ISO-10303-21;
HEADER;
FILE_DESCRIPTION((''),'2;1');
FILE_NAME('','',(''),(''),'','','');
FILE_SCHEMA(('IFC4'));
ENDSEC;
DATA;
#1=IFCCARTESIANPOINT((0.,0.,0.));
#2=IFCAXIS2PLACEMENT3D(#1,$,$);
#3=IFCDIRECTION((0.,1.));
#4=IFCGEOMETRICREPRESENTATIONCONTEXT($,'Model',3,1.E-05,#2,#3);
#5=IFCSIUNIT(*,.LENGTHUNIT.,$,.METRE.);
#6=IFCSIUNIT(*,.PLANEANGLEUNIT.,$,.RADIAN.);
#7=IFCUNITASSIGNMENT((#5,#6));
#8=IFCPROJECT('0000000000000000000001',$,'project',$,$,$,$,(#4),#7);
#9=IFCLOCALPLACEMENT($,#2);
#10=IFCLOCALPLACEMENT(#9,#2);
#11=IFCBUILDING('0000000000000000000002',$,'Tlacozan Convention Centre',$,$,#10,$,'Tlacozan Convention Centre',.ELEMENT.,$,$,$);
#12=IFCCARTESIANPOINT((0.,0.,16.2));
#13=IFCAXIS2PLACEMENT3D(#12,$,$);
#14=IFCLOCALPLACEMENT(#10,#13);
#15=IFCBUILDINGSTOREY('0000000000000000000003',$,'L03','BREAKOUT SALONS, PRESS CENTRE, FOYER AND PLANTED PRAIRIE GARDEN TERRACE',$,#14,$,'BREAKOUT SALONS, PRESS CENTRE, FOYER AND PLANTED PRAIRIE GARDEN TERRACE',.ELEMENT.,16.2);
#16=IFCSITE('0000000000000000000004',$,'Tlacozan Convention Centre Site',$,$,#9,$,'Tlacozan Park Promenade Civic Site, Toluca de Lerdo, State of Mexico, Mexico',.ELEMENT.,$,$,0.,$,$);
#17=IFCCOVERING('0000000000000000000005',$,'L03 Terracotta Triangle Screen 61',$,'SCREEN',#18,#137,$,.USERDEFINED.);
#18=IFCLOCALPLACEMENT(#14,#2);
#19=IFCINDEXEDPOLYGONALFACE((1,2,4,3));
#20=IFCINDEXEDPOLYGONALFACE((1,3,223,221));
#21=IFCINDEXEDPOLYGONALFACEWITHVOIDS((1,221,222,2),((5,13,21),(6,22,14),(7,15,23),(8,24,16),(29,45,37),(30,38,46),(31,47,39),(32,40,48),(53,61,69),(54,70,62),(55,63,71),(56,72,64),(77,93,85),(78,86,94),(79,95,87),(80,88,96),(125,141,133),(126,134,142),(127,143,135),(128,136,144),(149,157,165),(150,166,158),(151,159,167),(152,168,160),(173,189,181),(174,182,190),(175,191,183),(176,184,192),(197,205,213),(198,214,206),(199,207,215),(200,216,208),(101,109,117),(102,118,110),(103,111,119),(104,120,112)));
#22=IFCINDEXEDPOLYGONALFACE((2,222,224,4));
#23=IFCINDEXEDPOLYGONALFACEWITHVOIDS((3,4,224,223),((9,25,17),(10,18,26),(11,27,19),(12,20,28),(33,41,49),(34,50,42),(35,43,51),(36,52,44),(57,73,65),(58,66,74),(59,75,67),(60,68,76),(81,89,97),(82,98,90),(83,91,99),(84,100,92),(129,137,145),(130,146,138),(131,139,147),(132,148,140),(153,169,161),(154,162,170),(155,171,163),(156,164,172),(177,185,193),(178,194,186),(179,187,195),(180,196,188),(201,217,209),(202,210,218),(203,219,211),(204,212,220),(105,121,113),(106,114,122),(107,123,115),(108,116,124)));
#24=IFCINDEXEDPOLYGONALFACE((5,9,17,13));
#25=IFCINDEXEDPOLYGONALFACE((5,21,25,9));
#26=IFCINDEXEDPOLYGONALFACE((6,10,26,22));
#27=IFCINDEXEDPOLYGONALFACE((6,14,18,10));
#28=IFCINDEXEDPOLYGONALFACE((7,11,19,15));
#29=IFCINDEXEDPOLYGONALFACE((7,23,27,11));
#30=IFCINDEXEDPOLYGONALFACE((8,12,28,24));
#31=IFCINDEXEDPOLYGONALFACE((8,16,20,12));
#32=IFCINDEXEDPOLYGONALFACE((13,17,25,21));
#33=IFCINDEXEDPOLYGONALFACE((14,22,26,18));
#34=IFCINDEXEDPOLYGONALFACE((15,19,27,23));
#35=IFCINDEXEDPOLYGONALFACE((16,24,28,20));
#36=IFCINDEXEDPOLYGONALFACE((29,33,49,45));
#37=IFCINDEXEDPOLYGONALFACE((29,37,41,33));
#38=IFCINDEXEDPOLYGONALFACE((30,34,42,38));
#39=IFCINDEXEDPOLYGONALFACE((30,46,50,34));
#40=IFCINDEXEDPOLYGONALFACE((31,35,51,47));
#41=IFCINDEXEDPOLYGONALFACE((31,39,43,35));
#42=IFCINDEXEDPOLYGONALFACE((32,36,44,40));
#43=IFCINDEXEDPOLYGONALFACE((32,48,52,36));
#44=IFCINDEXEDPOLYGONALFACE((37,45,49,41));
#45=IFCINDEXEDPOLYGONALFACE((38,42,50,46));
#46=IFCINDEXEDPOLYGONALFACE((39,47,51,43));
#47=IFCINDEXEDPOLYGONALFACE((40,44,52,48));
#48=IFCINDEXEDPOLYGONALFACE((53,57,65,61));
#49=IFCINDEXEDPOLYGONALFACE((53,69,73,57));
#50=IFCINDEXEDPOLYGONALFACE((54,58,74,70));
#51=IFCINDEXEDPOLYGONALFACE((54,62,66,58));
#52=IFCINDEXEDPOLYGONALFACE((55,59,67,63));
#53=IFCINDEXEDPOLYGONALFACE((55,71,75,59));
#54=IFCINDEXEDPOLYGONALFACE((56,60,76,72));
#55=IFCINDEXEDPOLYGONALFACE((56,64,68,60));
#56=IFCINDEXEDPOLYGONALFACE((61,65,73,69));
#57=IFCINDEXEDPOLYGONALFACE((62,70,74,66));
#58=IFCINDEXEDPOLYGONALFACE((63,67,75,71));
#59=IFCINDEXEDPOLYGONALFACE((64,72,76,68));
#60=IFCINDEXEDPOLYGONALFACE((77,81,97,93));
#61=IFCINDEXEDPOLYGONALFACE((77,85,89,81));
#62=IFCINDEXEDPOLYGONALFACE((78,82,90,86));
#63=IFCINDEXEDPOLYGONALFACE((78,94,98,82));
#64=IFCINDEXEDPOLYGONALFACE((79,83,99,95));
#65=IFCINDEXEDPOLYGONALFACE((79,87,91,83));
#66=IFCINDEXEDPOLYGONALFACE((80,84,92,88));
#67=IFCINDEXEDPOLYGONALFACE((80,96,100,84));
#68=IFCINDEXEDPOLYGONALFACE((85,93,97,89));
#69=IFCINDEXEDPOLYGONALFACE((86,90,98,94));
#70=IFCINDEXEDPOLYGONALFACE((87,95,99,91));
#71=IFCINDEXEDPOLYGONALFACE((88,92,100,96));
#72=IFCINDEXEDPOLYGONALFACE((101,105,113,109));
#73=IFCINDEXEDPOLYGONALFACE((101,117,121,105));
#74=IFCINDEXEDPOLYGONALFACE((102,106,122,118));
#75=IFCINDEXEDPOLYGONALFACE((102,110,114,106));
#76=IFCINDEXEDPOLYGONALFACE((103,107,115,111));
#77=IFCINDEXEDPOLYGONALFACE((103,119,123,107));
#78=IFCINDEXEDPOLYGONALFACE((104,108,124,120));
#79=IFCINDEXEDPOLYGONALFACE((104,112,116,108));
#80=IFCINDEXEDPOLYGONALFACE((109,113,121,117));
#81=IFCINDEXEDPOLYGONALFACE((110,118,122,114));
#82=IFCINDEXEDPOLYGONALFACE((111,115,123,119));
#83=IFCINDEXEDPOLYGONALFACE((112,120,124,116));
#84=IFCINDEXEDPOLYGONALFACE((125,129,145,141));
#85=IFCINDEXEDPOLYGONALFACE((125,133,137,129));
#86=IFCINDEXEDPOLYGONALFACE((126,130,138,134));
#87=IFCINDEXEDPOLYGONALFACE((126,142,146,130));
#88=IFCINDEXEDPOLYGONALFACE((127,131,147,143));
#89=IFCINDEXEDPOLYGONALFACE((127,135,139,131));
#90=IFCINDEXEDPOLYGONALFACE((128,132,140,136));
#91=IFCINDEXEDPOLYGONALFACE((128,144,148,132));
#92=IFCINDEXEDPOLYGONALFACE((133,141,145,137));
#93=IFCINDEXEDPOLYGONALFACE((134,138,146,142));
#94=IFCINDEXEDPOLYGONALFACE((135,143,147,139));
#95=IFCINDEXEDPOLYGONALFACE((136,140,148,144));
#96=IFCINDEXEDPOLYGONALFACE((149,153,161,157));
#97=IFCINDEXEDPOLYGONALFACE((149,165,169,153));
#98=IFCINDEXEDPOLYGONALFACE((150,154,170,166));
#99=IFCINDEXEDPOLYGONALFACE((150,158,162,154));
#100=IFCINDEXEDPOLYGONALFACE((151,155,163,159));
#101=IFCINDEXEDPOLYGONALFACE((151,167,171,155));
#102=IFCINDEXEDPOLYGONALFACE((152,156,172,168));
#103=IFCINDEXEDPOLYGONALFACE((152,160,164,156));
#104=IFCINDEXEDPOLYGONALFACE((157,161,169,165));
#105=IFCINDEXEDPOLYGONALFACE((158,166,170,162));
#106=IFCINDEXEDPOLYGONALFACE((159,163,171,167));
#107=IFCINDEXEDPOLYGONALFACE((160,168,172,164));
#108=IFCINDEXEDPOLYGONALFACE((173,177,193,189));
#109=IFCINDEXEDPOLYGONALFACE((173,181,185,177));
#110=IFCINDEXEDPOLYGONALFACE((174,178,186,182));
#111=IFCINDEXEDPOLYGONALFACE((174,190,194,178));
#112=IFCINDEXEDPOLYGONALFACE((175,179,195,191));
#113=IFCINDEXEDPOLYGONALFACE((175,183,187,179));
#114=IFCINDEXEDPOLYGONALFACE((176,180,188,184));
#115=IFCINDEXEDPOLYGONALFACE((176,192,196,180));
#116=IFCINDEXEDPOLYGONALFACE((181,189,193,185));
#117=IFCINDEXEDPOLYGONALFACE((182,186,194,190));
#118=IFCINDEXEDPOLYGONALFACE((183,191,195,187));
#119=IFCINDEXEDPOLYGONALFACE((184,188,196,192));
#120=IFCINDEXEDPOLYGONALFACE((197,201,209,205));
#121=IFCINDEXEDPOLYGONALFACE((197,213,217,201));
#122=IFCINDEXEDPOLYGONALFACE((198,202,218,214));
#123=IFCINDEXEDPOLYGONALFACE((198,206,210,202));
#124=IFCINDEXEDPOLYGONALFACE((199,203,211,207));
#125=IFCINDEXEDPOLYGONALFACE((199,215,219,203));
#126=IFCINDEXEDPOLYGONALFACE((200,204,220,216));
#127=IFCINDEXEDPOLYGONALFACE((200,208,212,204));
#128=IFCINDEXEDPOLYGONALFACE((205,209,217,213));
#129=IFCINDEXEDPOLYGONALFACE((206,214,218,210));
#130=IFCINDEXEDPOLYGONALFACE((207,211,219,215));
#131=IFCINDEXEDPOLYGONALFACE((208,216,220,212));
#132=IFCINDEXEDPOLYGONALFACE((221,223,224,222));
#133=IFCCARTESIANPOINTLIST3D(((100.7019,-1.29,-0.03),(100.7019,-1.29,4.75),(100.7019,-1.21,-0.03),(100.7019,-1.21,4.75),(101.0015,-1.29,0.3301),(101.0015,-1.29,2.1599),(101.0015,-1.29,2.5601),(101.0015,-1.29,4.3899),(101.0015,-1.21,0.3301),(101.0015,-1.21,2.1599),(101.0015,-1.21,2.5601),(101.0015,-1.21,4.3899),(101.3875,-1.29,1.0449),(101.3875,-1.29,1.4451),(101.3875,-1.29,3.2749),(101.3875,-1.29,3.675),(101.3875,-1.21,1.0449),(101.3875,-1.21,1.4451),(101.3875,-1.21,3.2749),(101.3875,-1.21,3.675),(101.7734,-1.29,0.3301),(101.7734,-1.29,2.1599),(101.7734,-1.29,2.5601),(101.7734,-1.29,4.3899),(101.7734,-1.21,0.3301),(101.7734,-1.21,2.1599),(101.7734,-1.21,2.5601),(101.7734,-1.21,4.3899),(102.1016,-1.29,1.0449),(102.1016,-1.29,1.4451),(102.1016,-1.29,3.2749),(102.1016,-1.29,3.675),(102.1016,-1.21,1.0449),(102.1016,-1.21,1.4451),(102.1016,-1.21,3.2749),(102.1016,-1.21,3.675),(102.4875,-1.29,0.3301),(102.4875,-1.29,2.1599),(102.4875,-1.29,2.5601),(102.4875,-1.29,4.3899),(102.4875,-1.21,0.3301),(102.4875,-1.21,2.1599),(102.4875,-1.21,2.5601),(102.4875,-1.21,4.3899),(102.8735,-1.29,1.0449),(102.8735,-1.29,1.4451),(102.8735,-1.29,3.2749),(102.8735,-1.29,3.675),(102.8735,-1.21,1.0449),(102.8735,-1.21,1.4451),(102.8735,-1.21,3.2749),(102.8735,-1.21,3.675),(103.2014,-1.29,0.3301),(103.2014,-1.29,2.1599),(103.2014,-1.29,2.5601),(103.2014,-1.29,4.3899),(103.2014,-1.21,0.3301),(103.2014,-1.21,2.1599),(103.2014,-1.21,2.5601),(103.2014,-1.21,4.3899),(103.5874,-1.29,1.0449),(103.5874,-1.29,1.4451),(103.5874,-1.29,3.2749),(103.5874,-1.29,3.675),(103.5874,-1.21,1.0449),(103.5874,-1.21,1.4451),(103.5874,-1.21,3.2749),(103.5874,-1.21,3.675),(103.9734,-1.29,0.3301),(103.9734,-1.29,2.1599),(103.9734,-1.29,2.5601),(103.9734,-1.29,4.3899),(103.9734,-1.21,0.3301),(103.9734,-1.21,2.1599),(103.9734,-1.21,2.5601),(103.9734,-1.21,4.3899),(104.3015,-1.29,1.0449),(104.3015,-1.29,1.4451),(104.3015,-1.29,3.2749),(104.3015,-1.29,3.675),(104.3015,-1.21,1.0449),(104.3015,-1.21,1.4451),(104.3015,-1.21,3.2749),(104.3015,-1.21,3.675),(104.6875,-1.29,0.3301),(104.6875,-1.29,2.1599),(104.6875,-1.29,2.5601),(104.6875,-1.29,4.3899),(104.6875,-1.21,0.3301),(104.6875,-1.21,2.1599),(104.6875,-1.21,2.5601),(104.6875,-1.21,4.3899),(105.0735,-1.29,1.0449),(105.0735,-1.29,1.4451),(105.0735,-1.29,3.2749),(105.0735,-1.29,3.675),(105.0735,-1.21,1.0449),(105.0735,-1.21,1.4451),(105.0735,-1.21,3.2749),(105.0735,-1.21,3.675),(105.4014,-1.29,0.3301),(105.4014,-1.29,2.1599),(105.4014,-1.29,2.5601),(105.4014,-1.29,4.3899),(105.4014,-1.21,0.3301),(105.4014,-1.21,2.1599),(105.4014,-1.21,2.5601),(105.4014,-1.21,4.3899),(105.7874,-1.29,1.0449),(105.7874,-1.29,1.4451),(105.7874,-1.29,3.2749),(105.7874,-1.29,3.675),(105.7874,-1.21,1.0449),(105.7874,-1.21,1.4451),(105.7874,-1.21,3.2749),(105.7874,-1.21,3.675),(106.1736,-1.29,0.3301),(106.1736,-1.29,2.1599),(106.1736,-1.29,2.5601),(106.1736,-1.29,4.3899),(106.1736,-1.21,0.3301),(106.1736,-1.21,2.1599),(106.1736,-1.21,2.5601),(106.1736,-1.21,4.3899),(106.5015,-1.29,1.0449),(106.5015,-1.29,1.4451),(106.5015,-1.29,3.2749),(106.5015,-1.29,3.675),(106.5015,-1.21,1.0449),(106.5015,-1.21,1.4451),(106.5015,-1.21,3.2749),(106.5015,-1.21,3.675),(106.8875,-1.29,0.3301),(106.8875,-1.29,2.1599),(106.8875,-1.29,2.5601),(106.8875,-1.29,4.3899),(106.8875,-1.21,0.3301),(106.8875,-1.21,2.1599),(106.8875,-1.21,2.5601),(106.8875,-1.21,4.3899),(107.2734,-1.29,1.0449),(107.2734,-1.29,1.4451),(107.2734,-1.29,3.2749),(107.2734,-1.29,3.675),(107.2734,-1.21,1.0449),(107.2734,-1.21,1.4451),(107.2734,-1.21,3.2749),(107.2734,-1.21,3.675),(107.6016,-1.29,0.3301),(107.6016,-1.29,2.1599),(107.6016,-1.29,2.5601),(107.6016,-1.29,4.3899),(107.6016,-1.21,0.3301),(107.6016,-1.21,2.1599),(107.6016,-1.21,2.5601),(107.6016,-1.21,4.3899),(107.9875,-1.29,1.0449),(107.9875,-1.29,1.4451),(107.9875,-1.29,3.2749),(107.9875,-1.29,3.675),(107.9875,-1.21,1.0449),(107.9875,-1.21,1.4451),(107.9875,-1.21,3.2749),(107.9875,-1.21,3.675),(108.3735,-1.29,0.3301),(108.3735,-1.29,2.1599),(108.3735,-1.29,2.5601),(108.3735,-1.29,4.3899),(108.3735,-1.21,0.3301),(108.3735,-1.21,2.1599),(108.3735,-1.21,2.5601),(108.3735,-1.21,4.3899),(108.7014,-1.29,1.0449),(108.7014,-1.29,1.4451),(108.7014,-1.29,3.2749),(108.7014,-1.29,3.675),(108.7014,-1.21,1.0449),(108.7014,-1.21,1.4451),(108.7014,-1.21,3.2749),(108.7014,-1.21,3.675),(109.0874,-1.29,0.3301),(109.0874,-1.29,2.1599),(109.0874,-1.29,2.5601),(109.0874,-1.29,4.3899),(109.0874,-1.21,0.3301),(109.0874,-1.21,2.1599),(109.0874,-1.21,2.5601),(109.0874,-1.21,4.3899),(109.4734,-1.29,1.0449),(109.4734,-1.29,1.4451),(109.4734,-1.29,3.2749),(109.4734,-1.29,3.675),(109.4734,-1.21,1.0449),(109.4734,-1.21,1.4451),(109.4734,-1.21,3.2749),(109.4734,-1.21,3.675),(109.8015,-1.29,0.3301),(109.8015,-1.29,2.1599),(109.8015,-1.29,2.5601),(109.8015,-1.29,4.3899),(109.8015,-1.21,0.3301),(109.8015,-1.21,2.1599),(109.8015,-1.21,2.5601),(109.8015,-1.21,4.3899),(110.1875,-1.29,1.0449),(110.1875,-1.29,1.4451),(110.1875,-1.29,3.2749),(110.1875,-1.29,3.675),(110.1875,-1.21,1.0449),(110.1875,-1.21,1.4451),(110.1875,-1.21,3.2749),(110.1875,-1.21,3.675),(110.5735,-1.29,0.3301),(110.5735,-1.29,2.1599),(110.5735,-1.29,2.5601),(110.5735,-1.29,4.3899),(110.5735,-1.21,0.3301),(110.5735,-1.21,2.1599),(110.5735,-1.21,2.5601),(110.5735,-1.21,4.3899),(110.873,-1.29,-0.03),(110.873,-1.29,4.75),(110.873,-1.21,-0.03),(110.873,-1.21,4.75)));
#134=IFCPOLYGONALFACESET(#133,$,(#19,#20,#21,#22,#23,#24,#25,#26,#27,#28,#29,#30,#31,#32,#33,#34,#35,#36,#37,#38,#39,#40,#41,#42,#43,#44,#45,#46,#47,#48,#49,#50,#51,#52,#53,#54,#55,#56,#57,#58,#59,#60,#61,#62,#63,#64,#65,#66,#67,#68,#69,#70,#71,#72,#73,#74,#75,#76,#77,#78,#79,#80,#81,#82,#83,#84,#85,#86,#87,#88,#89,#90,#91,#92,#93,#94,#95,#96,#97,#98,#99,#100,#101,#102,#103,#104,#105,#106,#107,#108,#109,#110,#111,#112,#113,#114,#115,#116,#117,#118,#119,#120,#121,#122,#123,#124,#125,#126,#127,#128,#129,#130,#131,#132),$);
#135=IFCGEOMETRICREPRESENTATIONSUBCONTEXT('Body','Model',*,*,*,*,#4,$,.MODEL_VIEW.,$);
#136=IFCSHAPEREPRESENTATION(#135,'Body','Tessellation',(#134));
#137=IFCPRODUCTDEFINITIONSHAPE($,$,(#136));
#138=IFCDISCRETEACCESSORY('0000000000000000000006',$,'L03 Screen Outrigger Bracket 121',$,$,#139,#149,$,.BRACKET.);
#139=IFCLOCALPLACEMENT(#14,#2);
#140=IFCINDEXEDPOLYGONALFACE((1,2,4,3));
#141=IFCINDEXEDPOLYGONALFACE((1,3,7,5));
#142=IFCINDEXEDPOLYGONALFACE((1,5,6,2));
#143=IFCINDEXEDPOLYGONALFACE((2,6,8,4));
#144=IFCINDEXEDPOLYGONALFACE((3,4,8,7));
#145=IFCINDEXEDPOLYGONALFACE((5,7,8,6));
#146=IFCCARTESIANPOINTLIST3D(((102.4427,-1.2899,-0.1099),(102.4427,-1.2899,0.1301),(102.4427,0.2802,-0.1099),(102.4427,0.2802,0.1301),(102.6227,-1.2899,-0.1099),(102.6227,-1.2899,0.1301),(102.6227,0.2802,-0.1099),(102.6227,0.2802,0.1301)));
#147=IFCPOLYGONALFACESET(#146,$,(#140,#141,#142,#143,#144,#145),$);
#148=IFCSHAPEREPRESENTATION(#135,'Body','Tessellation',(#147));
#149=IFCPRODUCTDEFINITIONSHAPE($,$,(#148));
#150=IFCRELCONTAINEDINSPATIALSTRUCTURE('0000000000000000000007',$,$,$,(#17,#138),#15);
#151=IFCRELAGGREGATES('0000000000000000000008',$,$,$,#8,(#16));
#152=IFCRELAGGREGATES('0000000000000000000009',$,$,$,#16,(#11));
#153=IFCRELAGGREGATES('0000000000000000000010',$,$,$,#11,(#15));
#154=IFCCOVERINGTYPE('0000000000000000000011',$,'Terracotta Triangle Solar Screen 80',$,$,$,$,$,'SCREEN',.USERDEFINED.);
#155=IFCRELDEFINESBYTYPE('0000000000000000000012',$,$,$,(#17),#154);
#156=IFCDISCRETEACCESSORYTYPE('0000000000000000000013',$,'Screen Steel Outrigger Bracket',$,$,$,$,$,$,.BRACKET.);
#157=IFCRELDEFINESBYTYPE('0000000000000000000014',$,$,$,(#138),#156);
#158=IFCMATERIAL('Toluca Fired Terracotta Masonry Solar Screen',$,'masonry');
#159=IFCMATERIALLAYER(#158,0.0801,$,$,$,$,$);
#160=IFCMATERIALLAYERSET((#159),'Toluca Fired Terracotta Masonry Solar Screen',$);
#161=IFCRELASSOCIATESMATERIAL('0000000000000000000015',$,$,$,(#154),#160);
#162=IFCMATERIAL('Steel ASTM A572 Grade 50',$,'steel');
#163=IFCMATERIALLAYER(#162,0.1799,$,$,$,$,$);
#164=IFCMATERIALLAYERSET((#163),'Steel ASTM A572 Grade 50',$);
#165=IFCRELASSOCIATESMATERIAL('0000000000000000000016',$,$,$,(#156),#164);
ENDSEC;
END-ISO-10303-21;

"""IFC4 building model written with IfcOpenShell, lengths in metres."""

from ifc_helpers import new_model, si_unit, direction, frame, origin, origin_2d, place, context, subcontext, project, spatial, polyline, rectangle, outline, extrude, material, layer, layer_set, type_object, element, save


model = new_model("IFC4")

# Units and contexts
model_context = context("Model", 3, precision=1e-05, world=origin(), true_north=direction((0.0, 1.0)))
body_context = subcontext(model_context, "Body", "Model", "MODEL_VIEW")
ifc_project = project(units=[si_unit("LENGTHUNIT", "METRE"), si_unit("PLANEANGLEUNIT", "RADIAN")], contexts=[model_context])

# Site, building, storey
site_placement = place(None, origin())
site = spatial("IfcSite", under=ifc_project, at=site_placement, Name="Tlacozan Convention Centre Site", LongName="Tlacozan Park Promenade Civic Site, Toluca de Lerdo, State of Mexico, Mexico", CompositionType="ELEMENT", RefElevation=0.0)
building_placement = place(site_placement, origin())
building = spatial("IfcBuilding", under=site, at=building_placement, Name="Tlacozan Convention Centre", LongName="Tlacozan Convention Centre", CompositionType="ELEMENT")
storey_placement = place(building_placement, frame((0.0, 0.0, 16.2)))
storey = spatial("IfcBuildingStorey", under=building, at=storey_placement, Name="L03", Description="BREAKOUT SALONS, PRESS CENTRE, FOYER AND PLANTED PRAIRIE GARDEN TERRACE", LongName="BREAKOUT SALONS, PRESS CENTRE, FOYER AND PLANTED PRAIRIE GARDEN TERRACE", CompositionType="ELEMENT", Elevation=16.2)

# Covering
ifc_material_1 = material(Name="Toluca Fired Terracotta Masonry Solar Screen", Category="masonry")
ifc_layer_1 = layer(ifc_material_1, 0.0801)
ifc_layer_set_1 = layer_set([ifc_layer_1], Name="Toluca Fired Terracotta Masonry Solar Screen")
covering_type = type_object("IfcCoveringType", Name="Terracotta Triangle Solar Screen 80", ElementType="SCREEN", PredefinedType="USERDEFINED", material=ifc_layer_set_1)
covering_placement = place(storey_placement, frame((100.7019, -1.25, -0.03), z_axis=(0.0, 0.0, 1.0), x_axis=(1.0, 0.0, 0.0)))
element("IfcCovering", 1, at=covering_placement, inside=storey, type_object=covering_type, Name="L03 Terracotta Triangle Screen 61", ObjectType="SCREEN", PredefinedType="USERDEFINED", context=body_context, shape_type="SweptSolid", body=[
    extrude(outline(polyline([(0.0, 0.0), (10.1711, 0.0), (10.1711, 4.78), (0.0, 4.78), (0.0, 0.0)]), holes=[polyline([(0.2996, 0.3601), (1.0715, 0.3601), (0.6855, 1.075), (0.2996, 0.3601)]), polyline([(1.3997, 1.075), (2.1716, 1.075), (1.7856, 0.3601), (1.3997, 1.075)]), polyline([(2.4995, 0.3601), (3.2715, 0.3601), (2.8855, 1.075), (2.4995, 0.3601)]), polyline([(3.5996, 1.075), (4.3716, 1.075), (3.9856, 0.3601), (3.5996, 1.075)]), polyline([(4.6995, 0.3601), (5.4717, 0.3601), (5.0854, 1.075), (4.6995, 0.3601)]), polyline([(5.7996, 1.075), (6.5715, 1.075), (6.1855, 0.3601), (5.7996, 1.075)]), polyline([(6.8997, 0.3601), (7.6716, 0.3601), (7.2856, 1.075), (6.8997, 0.3601)]), polyline([(7.9995, 1.075), (8.7715, 1.075), (8.3855, 0.3601), (7.9995, 1.075)]), polyline([(9.0996, 0.3601), (9.8716, 0.3601), (9.4856, 1.075), (9.0996, 0.3601)]), polyline([(0.2996, 2.1899), (1.0715, 2.1899), (0.6855, 1.4751), (0.2996, 2.1899)]), polyline([(1.3997, 1.4751), (2.1716, 1.4751), (1.7856, 2.1899), (1.3997, 1.4751)]), polyline([(2.4995, 2.1899), (3.2715, 2.1899), (2.8855, 1.4751), (2.4995, 2.1899)]), polyline([(3.5996, 1.4751), (4.3716, 1.4751), (3.9856, 2.1899), (3.5996, 1.4751)]), polyline([(4.6995, 2.1899), (5.4717, 2.1899), (5.0854, 1.4751), (4.6995, 2.1899)]), polyline([(5.7996, 1.4751), (6.5715, 1.4751), (6.1855, 2.1899), (5.7996, 1.4751)]), polyline([(6.8997, 2.1899), (7.6716, 2.1899), (7.2856, 1.4751), (6.8997, 2.1899)]), polyline([(7.9995, 1.4751), (8.7715, 1.4751), (8.3855, 2.1899), (7.9995, 1.4751)]), polyline([(9.0996, 2.1899), (9.8716, 2.1899), (9.4856, 1.4751), (9.0996, 2.1899)]), polyline([(0.2996, 2.5901), (1.0715, 2.5901), (0.6855, 3.3049), (0.2996, 2.5901)]), polyline([(1.3997, 3.3049), (2.1716, 3.3049), (1.7856, 2.5901), (1.3997, 3.3049)]), polyline([(2.4995, 2.5901), (3.2715, 2.5901), (2.8855, 3.3049), (2.4995, 2.5901)]), polyline([(3.5996, 3.3049), (4.3716, 3.3049), (3.9856, 2.5901), (3.5996, 3.3049)]), polyline([(4.6995, 2.5901), (5.4717, 2.5901), (5.0854, 3.3049), (4.6995, 2.5901)]), polyline([(5.7996, 3.3049), (6.5715, 3.3049), (6.1855, 2.5901), (5.7996, 3.3049)]), polyline([(6.8997, 2.5901), (7.6716, 2.5901), (7.2856, 3.3049), (6.8997, 2.5901)]), polyline([(7.9995, 3.3049), (8.7715, 3.3049), (8.3855, 2.5901), (7.9995, 3.3049)]), polyline([(9.0996, 2.5901), (9.8716, 2.5901), (9.4856, 3.3049), (9.0996, 2.5901)]), polyline([(0.2996, 4.4199), (1.0715, 4.4199), (0.6855, 3.7051), (0.2996, 4.4199)]), polyline([(1.3997, 3.7051), (2.1716, 3.7051), (1.7856, 4.4199), (1.3997, 3.7051)]), polyline([(2.4995, 4.4199), (3.2715, 4.4199), (2.8855, 3.7051), (2.4995, 4.4199)]), polyline([(3.5996, 3.7051), (4.3716, 3.7051), (3.9856, 4.4199), (3.5996, 3.7051)]), polyline([(4.6995, 4.4199), (5.4717, 4.4199), (5.0854, 3.7051), (4.6995, 4.4199)]), polyline([(5.7996, 3.7051), (6.5715, 3.7051), (6.1855, 4.4199), (5.7996, 3.7051)]), polyline([(6.8997, 4.4199), (7.6716, 4.4199), (7.2856, 3.7051), (6.8997, 4.4199)]), polyline([(7.9995, 3.7051), (8.7715, 3.7051), (8.3855, 4.4199), (7.9995, 3.7051)]), polyline([(9.0996, 4.4199), (9.8716, 4.4199), (9.4856, 3.7051), (9.0996, 4.4199)])]), frame((0.0, 0.04, 0.0), z_axis=(0.0, -1.0, 0.0), x_axis=(1.0, 0.0, 0.0)), (0.0, 0.0, 1.0), 0.0801),
])

# Discrete accessory
ifc_material_2 = material(Name="Steel ASTM A572 Grade 50", Category="steel")
ifc_layer_2 = layer(ifc_material_2, 0.1799)
ifc_layer_set_2 = layer_set([ifc_layer_2], Name="Steel ASTM A572 Grade 50")
discrete_accessory_type = type_object("IfcDiscreteAccessoryType", Name="Screen Steel Outrigger Bracket", PredefinedType="BRACKET", material=ifc_layer_set_2)
discrete_accessory_placement = place(storey_placement, frame((102.5327, -0.5049, -0.1099), z_axis=(0.0, 0.0, 1.0), x_axis=(0.0, 1.0, 0.0)))
element("IfcDiscreteAccessory", 2, at=discrete_accessory_placement, inside=storey, type_object=discrete_accessory_type, Name="L03 Screen Outrigger Bracket 121", PredefinedType="BRACKET", context=body_context, shape_type="SweptSolid", body=[
    extrude(rectangle(XDim=1.5701, YDim=0.1799, at=origin_2d()), origin(), (0.0, 0.0, 1.0), 0.24),
])

save(model, "model.ifc")
